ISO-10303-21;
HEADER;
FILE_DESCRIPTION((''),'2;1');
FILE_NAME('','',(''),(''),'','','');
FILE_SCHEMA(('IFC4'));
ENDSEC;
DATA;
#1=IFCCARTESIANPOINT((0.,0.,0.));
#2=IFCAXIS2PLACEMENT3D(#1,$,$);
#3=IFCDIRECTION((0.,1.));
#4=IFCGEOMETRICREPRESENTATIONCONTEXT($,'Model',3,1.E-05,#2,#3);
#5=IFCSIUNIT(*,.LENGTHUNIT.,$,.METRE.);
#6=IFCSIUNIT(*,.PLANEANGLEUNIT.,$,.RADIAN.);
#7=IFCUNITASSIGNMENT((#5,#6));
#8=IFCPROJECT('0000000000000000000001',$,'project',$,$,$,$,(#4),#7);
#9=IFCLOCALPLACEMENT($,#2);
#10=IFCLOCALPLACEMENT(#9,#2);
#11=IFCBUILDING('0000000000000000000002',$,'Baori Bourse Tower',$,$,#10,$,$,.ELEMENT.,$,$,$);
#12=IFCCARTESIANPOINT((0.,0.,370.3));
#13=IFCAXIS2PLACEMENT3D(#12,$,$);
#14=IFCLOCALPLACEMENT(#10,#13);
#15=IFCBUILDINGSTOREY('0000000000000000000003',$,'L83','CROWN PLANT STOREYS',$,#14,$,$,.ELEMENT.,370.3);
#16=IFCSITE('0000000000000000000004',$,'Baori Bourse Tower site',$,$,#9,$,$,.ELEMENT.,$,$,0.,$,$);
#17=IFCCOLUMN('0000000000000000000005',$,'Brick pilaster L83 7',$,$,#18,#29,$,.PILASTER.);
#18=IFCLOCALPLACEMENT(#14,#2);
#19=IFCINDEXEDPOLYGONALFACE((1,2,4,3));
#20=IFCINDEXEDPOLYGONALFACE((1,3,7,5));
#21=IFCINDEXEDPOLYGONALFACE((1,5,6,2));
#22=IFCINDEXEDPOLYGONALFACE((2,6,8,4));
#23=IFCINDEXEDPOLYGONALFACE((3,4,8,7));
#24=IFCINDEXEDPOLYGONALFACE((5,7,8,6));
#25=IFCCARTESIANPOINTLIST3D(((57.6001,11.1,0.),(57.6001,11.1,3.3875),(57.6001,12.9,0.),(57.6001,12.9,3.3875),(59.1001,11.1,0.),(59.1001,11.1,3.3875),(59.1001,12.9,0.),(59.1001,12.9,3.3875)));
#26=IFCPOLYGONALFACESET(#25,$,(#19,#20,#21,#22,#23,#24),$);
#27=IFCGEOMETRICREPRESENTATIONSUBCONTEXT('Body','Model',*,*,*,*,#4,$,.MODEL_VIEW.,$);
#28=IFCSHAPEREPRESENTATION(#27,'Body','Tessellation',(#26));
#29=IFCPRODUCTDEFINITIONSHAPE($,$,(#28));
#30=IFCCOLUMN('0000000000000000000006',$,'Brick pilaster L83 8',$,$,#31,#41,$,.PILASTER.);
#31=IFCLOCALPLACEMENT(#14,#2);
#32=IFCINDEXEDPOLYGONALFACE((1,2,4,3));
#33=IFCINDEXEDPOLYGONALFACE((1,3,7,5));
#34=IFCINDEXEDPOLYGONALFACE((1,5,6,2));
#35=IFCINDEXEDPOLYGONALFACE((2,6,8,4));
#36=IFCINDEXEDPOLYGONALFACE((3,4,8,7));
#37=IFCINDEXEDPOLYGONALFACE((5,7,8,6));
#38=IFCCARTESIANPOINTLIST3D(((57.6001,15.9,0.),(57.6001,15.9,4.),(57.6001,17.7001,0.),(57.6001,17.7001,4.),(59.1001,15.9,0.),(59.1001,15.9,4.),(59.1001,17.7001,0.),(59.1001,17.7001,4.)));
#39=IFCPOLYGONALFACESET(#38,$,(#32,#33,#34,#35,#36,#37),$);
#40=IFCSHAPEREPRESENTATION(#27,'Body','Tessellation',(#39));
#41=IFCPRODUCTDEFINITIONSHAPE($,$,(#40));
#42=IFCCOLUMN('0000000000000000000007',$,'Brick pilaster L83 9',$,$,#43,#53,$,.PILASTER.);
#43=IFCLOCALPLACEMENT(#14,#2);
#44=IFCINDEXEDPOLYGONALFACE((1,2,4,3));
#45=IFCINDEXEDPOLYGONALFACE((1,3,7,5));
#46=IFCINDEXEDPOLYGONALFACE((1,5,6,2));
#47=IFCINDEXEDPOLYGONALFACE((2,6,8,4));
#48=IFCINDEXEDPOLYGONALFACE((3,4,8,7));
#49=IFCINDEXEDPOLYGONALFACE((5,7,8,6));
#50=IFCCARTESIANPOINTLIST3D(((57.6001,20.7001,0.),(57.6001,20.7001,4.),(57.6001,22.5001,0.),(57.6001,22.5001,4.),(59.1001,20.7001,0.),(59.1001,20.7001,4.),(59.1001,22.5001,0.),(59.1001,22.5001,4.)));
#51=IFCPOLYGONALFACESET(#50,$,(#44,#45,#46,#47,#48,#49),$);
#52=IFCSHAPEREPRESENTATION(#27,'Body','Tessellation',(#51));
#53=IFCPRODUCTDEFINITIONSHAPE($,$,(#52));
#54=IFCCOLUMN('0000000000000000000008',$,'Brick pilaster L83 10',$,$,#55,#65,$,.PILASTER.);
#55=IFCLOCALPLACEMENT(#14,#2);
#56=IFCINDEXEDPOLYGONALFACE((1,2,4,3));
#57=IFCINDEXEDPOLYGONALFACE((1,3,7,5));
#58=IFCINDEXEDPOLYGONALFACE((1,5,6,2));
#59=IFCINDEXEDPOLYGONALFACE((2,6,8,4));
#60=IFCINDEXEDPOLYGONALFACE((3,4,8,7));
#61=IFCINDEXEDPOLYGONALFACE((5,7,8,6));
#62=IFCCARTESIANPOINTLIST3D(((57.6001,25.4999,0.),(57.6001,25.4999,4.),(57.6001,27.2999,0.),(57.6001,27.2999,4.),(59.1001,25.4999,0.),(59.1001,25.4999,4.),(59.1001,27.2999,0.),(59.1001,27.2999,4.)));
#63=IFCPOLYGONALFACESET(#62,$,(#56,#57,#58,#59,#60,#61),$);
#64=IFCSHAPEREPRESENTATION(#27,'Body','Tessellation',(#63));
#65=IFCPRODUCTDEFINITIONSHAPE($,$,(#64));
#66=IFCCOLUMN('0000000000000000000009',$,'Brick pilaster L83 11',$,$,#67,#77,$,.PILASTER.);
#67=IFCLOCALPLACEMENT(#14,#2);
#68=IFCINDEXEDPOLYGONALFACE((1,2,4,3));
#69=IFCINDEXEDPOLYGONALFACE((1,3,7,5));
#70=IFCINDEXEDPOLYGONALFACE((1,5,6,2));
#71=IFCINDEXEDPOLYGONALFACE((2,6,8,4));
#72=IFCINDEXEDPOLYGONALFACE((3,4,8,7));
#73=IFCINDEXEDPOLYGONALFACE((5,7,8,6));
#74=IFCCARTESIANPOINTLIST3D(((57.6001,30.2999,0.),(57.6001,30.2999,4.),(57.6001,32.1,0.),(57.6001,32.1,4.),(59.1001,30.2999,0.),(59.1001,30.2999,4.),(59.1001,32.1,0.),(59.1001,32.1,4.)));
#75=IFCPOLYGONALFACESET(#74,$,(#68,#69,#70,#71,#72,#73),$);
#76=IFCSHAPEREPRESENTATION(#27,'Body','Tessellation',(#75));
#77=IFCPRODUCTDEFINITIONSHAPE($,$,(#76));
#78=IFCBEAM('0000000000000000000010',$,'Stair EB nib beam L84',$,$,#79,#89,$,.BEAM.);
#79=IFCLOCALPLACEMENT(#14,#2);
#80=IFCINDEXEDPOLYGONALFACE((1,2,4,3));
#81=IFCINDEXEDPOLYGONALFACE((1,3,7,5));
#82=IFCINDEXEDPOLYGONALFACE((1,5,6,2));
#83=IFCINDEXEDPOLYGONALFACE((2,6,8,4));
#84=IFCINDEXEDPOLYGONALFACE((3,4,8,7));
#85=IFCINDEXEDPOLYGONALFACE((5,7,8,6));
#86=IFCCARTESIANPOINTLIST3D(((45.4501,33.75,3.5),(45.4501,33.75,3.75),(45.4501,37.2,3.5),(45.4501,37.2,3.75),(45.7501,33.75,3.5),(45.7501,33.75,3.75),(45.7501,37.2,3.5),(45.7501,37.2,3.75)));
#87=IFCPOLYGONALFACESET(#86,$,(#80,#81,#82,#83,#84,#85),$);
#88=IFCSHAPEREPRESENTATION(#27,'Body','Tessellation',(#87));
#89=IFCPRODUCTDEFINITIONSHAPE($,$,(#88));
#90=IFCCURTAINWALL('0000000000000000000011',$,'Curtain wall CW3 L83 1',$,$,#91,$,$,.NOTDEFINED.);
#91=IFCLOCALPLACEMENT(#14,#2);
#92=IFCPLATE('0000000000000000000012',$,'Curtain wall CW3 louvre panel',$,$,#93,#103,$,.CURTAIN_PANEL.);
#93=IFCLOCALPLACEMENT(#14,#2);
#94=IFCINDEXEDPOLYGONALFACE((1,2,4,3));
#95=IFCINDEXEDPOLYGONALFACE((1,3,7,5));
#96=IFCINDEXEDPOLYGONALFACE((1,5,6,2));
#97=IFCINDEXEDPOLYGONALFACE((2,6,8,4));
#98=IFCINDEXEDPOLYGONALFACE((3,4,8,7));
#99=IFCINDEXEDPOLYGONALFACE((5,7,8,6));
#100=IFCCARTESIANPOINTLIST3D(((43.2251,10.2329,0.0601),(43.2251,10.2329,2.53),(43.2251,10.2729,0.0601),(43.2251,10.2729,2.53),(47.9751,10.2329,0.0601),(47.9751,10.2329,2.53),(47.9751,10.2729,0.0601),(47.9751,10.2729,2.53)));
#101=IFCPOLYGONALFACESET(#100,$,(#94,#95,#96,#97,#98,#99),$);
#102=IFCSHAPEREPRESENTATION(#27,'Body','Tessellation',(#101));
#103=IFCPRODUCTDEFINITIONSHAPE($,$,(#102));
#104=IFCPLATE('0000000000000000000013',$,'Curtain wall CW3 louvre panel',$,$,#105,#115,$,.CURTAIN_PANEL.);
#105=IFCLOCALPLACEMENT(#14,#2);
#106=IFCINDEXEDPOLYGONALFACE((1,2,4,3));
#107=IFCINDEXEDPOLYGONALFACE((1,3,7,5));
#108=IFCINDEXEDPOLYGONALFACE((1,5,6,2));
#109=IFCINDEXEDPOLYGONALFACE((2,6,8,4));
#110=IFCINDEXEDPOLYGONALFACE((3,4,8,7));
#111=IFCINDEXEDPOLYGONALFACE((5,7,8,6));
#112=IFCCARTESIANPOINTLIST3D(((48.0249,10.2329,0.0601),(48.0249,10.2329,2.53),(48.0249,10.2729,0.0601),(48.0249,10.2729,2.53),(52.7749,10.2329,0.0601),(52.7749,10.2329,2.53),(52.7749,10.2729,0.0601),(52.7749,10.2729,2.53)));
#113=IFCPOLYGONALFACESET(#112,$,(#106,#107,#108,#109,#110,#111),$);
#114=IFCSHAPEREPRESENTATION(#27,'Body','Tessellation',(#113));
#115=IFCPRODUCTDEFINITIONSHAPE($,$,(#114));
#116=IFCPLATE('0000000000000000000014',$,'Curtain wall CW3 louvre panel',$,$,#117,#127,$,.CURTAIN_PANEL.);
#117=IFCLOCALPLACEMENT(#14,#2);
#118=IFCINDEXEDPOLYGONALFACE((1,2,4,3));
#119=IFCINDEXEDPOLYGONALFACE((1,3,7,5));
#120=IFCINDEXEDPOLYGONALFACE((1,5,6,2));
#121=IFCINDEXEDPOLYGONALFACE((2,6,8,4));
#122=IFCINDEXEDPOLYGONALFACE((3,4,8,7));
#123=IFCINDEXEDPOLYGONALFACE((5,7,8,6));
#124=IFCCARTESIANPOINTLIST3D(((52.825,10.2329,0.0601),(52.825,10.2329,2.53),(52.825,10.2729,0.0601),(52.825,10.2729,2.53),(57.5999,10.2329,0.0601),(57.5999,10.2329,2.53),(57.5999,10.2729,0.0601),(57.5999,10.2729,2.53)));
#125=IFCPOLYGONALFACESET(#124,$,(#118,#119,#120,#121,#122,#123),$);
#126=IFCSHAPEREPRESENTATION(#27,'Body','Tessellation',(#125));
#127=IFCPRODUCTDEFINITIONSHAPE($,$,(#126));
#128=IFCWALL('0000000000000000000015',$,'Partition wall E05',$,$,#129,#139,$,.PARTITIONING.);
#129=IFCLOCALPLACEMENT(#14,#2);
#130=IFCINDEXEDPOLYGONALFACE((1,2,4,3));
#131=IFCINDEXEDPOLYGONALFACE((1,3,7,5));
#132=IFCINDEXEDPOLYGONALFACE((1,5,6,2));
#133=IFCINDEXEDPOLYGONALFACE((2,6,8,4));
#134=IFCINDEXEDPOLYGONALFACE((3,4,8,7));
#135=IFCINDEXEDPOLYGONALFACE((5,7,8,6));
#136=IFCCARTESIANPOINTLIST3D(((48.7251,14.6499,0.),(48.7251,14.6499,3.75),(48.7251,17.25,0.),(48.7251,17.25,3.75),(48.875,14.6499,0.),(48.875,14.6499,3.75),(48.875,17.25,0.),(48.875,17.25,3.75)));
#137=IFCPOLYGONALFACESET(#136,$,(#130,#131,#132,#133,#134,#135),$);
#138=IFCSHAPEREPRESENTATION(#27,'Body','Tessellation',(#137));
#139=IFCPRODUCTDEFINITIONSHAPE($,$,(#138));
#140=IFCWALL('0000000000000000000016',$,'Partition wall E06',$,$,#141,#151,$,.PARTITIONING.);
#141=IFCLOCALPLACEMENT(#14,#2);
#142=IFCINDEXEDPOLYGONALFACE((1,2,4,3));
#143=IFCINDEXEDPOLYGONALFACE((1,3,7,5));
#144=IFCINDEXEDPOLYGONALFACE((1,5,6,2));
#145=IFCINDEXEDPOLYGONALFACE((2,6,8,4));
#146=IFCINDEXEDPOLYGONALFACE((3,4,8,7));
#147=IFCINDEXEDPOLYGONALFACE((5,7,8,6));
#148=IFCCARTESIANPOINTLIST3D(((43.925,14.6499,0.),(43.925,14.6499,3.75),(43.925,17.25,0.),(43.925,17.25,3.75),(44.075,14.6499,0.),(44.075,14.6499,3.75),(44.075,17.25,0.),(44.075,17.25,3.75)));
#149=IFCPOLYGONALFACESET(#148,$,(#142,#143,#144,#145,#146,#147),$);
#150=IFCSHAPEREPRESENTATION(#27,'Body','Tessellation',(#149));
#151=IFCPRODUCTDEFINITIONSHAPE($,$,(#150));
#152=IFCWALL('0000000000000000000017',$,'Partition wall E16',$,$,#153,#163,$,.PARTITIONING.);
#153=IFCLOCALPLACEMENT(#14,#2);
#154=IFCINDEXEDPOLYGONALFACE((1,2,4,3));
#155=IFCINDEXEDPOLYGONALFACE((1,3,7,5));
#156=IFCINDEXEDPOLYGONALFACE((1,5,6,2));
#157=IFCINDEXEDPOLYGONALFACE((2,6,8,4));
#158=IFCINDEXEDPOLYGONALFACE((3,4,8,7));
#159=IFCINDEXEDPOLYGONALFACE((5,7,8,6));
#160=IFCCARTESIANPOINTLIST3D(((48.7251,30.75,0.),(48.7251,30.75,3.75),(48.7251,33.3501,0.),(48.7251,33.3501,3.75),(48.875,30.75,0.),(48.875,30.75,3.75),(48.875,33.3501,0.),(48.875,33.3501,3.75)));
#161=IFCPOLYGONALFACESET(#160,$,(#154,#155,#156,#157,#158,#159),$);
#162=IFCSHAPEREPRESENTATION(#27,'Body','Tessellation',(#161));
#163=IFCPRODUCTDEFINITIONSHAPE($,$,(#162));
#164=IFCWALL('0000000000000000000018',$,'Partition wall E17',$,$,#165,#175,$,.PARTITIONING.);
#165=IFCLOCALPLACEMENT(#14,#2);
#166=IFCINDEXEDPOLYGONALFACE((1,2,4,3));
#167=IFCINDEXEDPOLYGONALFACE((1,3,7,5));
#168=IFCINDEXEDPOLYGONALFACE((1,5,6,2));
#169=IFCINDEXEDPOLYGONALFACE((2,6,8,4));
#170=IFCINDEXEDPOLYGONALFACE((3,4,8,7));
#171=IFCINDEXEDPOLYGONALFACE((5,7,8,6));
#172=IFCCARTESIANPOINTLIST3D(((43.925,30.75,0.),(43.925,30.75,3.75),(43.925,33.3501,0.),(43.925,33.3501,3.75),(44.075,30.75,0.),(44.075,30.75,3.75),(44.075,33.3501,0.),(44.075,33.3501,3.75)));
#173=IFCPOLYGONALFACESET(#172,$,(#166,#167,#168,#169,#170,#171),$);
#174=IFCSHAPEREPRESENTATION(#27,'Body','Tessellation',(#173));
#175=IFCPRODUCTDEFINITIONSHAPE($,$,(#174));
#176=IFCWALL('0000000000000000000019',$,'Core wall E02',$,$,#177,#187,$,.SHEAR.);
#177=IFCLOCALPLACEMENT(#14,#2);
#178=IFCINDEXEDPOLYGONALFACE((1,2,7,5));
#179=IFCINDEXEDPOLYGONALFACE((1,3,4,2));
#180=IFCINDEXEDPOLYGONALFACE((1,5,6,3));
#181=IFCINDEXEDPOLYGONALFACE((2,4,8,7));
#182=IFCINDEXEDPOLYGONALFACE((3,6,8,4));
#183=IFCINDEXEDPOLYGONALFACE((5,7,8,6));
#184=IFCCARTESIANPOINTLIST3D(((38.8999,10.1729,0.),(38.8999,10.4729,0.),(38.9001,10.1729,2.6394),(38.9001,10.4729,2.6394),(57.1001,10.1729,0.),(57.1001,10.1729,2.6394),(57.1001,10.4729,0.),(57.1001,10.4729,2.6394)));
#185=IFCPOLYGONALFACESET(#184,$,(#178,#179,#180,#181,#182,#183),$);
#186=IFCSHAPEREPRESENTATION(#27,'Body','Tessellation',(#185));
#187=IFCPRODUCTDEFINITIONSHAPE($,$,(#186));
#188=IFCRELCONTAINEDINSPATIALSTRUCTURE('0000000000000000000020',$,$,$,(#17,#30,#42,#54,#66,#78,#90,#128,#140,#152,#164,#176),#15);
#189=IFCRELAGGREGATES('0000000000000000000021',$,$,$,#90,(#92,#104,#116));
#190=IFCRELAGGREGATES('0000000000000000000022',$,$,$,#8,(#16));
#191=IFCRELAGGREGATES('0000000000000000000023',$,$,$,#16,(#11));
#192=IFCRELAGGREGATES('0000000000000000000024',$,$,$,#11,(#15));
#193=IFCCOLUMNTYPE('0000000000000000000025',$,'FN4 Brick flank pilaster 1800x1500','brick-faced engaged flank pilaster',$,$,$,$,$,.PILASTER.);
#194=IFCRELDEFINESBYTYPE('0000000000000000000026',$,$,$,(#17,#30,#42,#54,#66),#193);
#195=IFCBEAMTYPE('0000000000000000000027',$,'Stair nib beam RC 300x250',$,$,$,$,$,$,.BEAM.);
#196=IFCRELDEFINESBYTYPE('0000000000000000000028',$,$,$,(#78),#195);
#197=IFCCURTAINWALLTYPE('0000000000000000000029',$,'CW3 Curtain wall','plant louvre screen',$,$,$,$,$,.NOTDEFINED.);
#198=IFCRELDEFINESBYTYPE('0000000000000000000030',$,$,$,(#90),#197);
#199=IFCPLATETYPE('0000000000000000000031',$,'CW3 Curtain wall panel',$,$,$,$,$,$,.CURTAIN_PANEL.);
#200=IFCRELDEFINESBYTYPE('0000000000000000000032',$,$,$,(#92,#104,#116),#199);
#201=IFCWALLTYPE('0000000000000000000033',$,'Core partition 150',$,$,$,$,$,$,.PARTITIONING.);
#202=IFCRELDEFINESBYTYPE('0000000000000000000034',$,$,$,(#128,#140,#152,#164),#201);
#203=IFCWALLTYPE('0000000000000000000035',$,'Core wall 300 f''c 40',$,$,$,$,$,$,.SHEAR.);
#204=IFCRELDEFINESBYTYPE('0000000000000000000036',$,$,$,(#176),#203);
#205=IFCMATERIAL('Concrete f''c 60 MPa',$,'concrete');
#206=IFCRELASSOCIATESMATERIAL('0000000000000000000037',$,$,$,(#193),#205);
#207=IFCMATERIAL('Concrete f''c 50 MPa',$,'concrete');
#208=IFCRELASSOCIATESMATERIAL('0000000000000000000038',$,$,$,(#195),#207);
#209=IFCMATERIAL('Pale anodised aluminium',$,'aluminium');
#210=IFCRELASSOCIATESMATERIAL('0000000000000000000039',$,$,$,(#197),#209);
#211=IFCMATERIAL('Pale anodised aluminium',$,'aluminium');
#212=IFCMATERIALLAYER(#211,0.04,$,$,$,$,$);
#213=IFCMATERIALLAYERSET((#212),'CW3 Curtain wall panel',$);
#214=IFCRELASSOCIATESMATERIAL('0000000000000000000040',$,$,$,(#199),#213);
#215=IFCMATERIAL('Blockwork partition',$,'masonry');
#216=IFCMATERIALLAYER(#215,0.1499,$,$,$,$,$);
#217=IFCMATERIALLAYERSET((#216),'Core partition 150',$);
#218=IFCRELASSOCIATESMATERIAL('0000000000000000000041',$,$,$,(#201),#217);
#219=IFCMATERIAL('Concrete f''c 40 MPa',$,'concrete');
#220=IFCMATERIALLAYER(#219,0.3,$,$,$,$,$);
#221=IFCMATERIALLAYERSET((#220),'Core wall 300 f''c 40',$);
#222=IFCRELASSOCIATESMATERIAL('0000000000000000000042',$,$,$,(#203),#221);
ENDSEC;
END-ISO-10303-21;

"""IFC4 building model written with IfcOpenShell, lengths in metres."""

from ifc_helpers import new_model, si_unit, direction, frame, frame_2d, origin, origin_2d, place, context, subcontext, project, spatial, polyline, rectangle, outline, extrude, material, layer, layer_set, material_profile, profile_set, type_object, element, aggregate, save


model = new_model("IFC4")

# Units and contexts
model_context = context("Model", 3, precision=1e-05, world=origin(), true_north=direction((0.0, 1.0)))
body_context = subcontext(model_context, "Body", "Model", "MODEL_VIEW")
ifc_project = project(units=[si_unit("LENGTHUNIT", "METRE"), si_unit("PLANEANGLEUNIT", "RADIAN")], contexts=[model_context])

# Site, building, storey
site_placement = place(None, origin())
site = spatial("IfcSite", under=ifc_project, at=site_placement, Name="Baori Bourse Tower site", CompositionType="ELEMENT", RefElevation=0.0)
building_placement = place(site_placement, origin())
building = spatial("IfcBuilding", under=site, at=building_placement, Name="Baori Bourse Tower", CompositionType="ELEMENT")
storey_placement = place(building_placement, frame((0.0, 0.0, 370.3)))
storey = spatial("IfcBuildingStorey", under=building, at=storey_placement, Name="L83", Description="CROWN PLANT STOREYS", CompositionType="ELEMENT", Elevation=370.3)

# Columns
ifc_material_1 = material(Name="Concrete f'c 60 MPa", Category="concrete")
ifc_material_profile_1 = material_profile(ifc_material_1, rectangle(XDim=1.8, YDim=1.5, at=origin_2d()), Name="RC 1800x1500")
ifc_profile_set_1 = profile_set([ifc_material_profile_1], Name="Concrete f'c 60 MPa")
column_type = type_object("IfcColumnType", Name="FN4 Brick flank pilaster 1800x1500", Description="brick-faced engaged flank pilaster", PredefinedType="PILASTER", material=ifc_profile_set_1)
column_placement = place(storey_placement, frame((58.3501, 12.0, 0.0), z_axis=(0.0, 0.0, 1.0), x_axis=(0.0, 1.0, 0.0)))
element("IfcColumn", 1, at=column_placement, inside=storey, type_object=column_type, Name="Brick pilaster L83 7", PredefinedType="PILASTER", context=body_context, shape_type="SweptSolid", body=[
    extrude(rectangle(XDim=1.8, YDim=1.5, at=origin_2d()), origin(), (0.0, 0.0, 1.0), 3.3875),
])
for number, where, z_axis, x_axis, name in (
    (2, (58.3501, 16.8, 0.0), (0.0, 0.0, 1.0), (0.0, 1.0, 0.0), "Brick pilaster L83 8"),
    (3, (58.3501, 21.6001, 0.0), (0.0, 0.0, 1.0), (0.0, 1.0, 0.0), "Brick pilaster L83 9"),
    (4, (58.3501, 26.3999, 0.0), (0.0, 0.0, 1.0), (0.0, 1.0, 0.0), "Brick pilaster L83 10"),
    (5, (58.3501, 31.2, 0.0), (0.0, 0.0, 1.0), (0.0, 1.0, 0.0), "Brick pilaster L83 11"),
):
    element("IfcColumn", number, at=place(storey_placement, frame(where, z_axis=z_axis, x_axis=x_axis)), inside=storey, type_object=column_type, Name=name, PredefinedType="PILASTER", context=body_context, shape_type="SweptSolid", body=[
        extrude(rectangle(XDim=1.8, YDim=1.5, at=origin_2d()), origin(), (0.0, 0.0, 1.0), 4.0),
    ])

# Beam
ifc_material_2 = material(Name="Concrete f'c 50 MPa", Category="concrete")
ifc_material_profile_2 = material_profile(ifc_material_2, rectangle(XDim=0.3, YDim=0.25, at=origin_2d()), Name="RC 300x250")
ifc_profile_set_2 = profile_set([ifc_material_profile_2], Name="Concrete f'c 50 MPa")
beam_type = type_object("IfcBeamType", Name="Stair nib beam RC 300x250", PredefinedType="BEAM", material=ifc_profile_set_2)
beam_placement = place(storey_placement, frame((45.6001, 33.75, 3.625), z_axis=(0.0, 1.0, 0.0), x_axis=(-1.0, 0.0, 0.0)))
element("IfcBeam", 6, at=beam_placement, inside=storey, type_object=beam_type, Name="Stair EB nib beam L84", PredefinedType="BEAM", context=body_context, shape_type="SweptSolid", body=[
    extrude(rectangle(XDim=0.3, YDim=0.25, at=origin_2d()), origin(), (0.0, 0.0, 1.0), 3.45),
])

# Curtain wall, plates
ifc_material_3 = material(Name="Pale anodised aluminium", Category="aluminium")
curtain_wall_type = type_object("IfcCurtainWallType", Name="CW3 Curtain wall", Description="plant louvre screen", PredefinedType="NOTDEFINED", material=ifc_material_3)
curtain_wall_placement = place(storey_placement, origin())
curtain_wall = element("IfcCurtainWall", 7, at=curtain_wall_placement, inside=storey, type_object=curtain_wall_type, Name="Curtain wall CW3 L83 1", PredefinedType="NOTDEFINED")
ifc_material_4 = material(Name="Pale anodised aluminium", Category="aluminium")
ifc_layer_1 = layer(ifc_material_4, 0.04)
ifc_layer_set_1 = layer_set([ifc_layer_1], Name="CW3 Curtain wall panel")
plate_type = type_object("IfcPlateType", Name="CW3 Curtain wall panel", PredefinedType="CURTAIN_PANEL", material=ifc_layer_set_1)
plate_1_placement = place(storey_placement, frame((45.6001, 10.2529, 0.0601), z_axis=(0.0, 0.0, 1.0), x_axis=(1.0, 0.0, 0.0)))
plate_1 = element("IfcPlate", 8, at=plate_1_placement, type_object=plate_type, Name="Curtain wall CW3 louvre panel", PredefinedType="CURTAIN_PANEL", context=body_context, shape_type="SweptSolid", body=[
    extrude(rectangle(XDim=4.75, YDim=0.04, at=origin_2d()), origin(), (0.0, 0.0, 1.0), 2.47),
])
plate_2_placement = place(storey_placement, frame((50.3999, 10.2529, 0.0601), z_axis=(0.0, 0.0, 1.0), x_axis=(1.0, 0.0, 0.0)))
plate_2 = element("IfcPlate", 9, at=plate_2_placement, type_object=plate_type, Name="Curtain wall CW3 louvre panel", PredefinedType="CURTAIN_PANEL", context=body_context, shape_type="SweptSolid", body=[
    extrude(rectangle(XDim=4.75, YDim=0.04, at=origin_2d()), origin(), (0.0, 0.0, 1.0), 2.47),
])
plate_3_placement = place(storey_placement, frame((55.2124, 10.2529, 0.0601), z_axis=(0.0, 0.0, 1.0), x_axis=(1.0, 0.0, 0.0)))
plate_3 = element("IfcPlate", 10, at=plate_3_placement, type_object=plate_type, Name="Curtain wall CW3 louvre panel", PredefinedType="CURTAIN_PANEL", context=body_context, shape_type="SweptSolid", body=[
    extrude(rectangle(XDim=4.7749, YDim=0.04, at=origin_2d()), origin(), (0.0, 0.0, 1.0), 2.47),
])
aggregate(curtain_wall, [plate_1, plate_2, plate_3])

# Walls
ifc_material_5 = material(Name="Blockwork partition", Category="masonry")
ifc_layer_2 = layer(ifc_material_5, 0.1499)
ifc_layer_set_2 = layer_set([ifc_layer_2], Name="Core partition 150")
wall_type_1 = type_object("IfcWallType", Name="Core partition 150", PredefinedType="PARTITIONING", material=ifc_layer_set_2)
for number, where, z_axis, x_axis, name in (
    (11, (48.8, 14.6499, 0.0), (0.0, 0.0, 1.0), (0.0, 1.0, 0.0), "Partition wall E05"),
    (12, (44.0, 14.6499, 0.0), (0.0, 0.0, 1.0), (0.0, 1.0, 0.0), "Partition wall E06"),
    (13, (48.8, 30.75, 0.0), (0.0, 0.0, 1.0), (0.0, 1.0, 0.0), "Partition wall E16"),
    (14, (44.0, 30.75, 0.0), (0.0, 0.0, 1.0), (0.0, 1.0, 0.0), "Partition wall E17"),
):
    element("IfcWall", number, at=place(storey_placement, frame(where, z_axis=z_axis, x_axis=x_axis)), inside=storey, type_object=wall_type_1, Name=name, PredefinedType="PARTITIONING", context=body_context, shape_type="SweptSolid", body=[
        extrude(rectangle(XDim=2.6001, YDim=0.1499, at=frame_2d((1.3, 0.0))), origin(), (0.0, 0.0, 1.0), 3.75),
    ])
ifc_material_6 = material(Name="Concrete f'c 40 MPa", Category="concrete")
ifc_layer_3 = layer(ifc_material_6, 0.3)
ifc_layer_set_3 = layer_set([ifc_layer_3], Name="Core wall 300 f'c 40")
wall_type_2 = type_object("IfcWallType", Name="Core wall 300 f'c 40", PredefinedType="SHEAR", material=ifc_layer_set_3)
wall_1_placement = place(storey_placement, frame((57.1001, 10.3228, 0.0), z_axis=(0.0, 0.0, 1.0), x_axis=(-1.0, 0.0, 0.0)))
element("IfcWall", 15, at=wall_1_placement, inside=storey, type_object=wall_type_2, Name="Core wall E02", PredefinedType="SHEAR", context=body_context, shape_type="SweptSolid", body=[
    extrude(outline(polyline([(0.0, 0.0), (18.2002, 0.0), (18.2, 2.6394), (0.0, 2.6394), (0.0, 0.0)])), frame((0.0, 0.1499, 0.0), z_axis=(0.0, -1.0, 0.0), x_axis=(1.0, 0.0, 0.0)), (0.0, 0.0, 1.0), 0.3),
])

save(model, "model.ifc")
